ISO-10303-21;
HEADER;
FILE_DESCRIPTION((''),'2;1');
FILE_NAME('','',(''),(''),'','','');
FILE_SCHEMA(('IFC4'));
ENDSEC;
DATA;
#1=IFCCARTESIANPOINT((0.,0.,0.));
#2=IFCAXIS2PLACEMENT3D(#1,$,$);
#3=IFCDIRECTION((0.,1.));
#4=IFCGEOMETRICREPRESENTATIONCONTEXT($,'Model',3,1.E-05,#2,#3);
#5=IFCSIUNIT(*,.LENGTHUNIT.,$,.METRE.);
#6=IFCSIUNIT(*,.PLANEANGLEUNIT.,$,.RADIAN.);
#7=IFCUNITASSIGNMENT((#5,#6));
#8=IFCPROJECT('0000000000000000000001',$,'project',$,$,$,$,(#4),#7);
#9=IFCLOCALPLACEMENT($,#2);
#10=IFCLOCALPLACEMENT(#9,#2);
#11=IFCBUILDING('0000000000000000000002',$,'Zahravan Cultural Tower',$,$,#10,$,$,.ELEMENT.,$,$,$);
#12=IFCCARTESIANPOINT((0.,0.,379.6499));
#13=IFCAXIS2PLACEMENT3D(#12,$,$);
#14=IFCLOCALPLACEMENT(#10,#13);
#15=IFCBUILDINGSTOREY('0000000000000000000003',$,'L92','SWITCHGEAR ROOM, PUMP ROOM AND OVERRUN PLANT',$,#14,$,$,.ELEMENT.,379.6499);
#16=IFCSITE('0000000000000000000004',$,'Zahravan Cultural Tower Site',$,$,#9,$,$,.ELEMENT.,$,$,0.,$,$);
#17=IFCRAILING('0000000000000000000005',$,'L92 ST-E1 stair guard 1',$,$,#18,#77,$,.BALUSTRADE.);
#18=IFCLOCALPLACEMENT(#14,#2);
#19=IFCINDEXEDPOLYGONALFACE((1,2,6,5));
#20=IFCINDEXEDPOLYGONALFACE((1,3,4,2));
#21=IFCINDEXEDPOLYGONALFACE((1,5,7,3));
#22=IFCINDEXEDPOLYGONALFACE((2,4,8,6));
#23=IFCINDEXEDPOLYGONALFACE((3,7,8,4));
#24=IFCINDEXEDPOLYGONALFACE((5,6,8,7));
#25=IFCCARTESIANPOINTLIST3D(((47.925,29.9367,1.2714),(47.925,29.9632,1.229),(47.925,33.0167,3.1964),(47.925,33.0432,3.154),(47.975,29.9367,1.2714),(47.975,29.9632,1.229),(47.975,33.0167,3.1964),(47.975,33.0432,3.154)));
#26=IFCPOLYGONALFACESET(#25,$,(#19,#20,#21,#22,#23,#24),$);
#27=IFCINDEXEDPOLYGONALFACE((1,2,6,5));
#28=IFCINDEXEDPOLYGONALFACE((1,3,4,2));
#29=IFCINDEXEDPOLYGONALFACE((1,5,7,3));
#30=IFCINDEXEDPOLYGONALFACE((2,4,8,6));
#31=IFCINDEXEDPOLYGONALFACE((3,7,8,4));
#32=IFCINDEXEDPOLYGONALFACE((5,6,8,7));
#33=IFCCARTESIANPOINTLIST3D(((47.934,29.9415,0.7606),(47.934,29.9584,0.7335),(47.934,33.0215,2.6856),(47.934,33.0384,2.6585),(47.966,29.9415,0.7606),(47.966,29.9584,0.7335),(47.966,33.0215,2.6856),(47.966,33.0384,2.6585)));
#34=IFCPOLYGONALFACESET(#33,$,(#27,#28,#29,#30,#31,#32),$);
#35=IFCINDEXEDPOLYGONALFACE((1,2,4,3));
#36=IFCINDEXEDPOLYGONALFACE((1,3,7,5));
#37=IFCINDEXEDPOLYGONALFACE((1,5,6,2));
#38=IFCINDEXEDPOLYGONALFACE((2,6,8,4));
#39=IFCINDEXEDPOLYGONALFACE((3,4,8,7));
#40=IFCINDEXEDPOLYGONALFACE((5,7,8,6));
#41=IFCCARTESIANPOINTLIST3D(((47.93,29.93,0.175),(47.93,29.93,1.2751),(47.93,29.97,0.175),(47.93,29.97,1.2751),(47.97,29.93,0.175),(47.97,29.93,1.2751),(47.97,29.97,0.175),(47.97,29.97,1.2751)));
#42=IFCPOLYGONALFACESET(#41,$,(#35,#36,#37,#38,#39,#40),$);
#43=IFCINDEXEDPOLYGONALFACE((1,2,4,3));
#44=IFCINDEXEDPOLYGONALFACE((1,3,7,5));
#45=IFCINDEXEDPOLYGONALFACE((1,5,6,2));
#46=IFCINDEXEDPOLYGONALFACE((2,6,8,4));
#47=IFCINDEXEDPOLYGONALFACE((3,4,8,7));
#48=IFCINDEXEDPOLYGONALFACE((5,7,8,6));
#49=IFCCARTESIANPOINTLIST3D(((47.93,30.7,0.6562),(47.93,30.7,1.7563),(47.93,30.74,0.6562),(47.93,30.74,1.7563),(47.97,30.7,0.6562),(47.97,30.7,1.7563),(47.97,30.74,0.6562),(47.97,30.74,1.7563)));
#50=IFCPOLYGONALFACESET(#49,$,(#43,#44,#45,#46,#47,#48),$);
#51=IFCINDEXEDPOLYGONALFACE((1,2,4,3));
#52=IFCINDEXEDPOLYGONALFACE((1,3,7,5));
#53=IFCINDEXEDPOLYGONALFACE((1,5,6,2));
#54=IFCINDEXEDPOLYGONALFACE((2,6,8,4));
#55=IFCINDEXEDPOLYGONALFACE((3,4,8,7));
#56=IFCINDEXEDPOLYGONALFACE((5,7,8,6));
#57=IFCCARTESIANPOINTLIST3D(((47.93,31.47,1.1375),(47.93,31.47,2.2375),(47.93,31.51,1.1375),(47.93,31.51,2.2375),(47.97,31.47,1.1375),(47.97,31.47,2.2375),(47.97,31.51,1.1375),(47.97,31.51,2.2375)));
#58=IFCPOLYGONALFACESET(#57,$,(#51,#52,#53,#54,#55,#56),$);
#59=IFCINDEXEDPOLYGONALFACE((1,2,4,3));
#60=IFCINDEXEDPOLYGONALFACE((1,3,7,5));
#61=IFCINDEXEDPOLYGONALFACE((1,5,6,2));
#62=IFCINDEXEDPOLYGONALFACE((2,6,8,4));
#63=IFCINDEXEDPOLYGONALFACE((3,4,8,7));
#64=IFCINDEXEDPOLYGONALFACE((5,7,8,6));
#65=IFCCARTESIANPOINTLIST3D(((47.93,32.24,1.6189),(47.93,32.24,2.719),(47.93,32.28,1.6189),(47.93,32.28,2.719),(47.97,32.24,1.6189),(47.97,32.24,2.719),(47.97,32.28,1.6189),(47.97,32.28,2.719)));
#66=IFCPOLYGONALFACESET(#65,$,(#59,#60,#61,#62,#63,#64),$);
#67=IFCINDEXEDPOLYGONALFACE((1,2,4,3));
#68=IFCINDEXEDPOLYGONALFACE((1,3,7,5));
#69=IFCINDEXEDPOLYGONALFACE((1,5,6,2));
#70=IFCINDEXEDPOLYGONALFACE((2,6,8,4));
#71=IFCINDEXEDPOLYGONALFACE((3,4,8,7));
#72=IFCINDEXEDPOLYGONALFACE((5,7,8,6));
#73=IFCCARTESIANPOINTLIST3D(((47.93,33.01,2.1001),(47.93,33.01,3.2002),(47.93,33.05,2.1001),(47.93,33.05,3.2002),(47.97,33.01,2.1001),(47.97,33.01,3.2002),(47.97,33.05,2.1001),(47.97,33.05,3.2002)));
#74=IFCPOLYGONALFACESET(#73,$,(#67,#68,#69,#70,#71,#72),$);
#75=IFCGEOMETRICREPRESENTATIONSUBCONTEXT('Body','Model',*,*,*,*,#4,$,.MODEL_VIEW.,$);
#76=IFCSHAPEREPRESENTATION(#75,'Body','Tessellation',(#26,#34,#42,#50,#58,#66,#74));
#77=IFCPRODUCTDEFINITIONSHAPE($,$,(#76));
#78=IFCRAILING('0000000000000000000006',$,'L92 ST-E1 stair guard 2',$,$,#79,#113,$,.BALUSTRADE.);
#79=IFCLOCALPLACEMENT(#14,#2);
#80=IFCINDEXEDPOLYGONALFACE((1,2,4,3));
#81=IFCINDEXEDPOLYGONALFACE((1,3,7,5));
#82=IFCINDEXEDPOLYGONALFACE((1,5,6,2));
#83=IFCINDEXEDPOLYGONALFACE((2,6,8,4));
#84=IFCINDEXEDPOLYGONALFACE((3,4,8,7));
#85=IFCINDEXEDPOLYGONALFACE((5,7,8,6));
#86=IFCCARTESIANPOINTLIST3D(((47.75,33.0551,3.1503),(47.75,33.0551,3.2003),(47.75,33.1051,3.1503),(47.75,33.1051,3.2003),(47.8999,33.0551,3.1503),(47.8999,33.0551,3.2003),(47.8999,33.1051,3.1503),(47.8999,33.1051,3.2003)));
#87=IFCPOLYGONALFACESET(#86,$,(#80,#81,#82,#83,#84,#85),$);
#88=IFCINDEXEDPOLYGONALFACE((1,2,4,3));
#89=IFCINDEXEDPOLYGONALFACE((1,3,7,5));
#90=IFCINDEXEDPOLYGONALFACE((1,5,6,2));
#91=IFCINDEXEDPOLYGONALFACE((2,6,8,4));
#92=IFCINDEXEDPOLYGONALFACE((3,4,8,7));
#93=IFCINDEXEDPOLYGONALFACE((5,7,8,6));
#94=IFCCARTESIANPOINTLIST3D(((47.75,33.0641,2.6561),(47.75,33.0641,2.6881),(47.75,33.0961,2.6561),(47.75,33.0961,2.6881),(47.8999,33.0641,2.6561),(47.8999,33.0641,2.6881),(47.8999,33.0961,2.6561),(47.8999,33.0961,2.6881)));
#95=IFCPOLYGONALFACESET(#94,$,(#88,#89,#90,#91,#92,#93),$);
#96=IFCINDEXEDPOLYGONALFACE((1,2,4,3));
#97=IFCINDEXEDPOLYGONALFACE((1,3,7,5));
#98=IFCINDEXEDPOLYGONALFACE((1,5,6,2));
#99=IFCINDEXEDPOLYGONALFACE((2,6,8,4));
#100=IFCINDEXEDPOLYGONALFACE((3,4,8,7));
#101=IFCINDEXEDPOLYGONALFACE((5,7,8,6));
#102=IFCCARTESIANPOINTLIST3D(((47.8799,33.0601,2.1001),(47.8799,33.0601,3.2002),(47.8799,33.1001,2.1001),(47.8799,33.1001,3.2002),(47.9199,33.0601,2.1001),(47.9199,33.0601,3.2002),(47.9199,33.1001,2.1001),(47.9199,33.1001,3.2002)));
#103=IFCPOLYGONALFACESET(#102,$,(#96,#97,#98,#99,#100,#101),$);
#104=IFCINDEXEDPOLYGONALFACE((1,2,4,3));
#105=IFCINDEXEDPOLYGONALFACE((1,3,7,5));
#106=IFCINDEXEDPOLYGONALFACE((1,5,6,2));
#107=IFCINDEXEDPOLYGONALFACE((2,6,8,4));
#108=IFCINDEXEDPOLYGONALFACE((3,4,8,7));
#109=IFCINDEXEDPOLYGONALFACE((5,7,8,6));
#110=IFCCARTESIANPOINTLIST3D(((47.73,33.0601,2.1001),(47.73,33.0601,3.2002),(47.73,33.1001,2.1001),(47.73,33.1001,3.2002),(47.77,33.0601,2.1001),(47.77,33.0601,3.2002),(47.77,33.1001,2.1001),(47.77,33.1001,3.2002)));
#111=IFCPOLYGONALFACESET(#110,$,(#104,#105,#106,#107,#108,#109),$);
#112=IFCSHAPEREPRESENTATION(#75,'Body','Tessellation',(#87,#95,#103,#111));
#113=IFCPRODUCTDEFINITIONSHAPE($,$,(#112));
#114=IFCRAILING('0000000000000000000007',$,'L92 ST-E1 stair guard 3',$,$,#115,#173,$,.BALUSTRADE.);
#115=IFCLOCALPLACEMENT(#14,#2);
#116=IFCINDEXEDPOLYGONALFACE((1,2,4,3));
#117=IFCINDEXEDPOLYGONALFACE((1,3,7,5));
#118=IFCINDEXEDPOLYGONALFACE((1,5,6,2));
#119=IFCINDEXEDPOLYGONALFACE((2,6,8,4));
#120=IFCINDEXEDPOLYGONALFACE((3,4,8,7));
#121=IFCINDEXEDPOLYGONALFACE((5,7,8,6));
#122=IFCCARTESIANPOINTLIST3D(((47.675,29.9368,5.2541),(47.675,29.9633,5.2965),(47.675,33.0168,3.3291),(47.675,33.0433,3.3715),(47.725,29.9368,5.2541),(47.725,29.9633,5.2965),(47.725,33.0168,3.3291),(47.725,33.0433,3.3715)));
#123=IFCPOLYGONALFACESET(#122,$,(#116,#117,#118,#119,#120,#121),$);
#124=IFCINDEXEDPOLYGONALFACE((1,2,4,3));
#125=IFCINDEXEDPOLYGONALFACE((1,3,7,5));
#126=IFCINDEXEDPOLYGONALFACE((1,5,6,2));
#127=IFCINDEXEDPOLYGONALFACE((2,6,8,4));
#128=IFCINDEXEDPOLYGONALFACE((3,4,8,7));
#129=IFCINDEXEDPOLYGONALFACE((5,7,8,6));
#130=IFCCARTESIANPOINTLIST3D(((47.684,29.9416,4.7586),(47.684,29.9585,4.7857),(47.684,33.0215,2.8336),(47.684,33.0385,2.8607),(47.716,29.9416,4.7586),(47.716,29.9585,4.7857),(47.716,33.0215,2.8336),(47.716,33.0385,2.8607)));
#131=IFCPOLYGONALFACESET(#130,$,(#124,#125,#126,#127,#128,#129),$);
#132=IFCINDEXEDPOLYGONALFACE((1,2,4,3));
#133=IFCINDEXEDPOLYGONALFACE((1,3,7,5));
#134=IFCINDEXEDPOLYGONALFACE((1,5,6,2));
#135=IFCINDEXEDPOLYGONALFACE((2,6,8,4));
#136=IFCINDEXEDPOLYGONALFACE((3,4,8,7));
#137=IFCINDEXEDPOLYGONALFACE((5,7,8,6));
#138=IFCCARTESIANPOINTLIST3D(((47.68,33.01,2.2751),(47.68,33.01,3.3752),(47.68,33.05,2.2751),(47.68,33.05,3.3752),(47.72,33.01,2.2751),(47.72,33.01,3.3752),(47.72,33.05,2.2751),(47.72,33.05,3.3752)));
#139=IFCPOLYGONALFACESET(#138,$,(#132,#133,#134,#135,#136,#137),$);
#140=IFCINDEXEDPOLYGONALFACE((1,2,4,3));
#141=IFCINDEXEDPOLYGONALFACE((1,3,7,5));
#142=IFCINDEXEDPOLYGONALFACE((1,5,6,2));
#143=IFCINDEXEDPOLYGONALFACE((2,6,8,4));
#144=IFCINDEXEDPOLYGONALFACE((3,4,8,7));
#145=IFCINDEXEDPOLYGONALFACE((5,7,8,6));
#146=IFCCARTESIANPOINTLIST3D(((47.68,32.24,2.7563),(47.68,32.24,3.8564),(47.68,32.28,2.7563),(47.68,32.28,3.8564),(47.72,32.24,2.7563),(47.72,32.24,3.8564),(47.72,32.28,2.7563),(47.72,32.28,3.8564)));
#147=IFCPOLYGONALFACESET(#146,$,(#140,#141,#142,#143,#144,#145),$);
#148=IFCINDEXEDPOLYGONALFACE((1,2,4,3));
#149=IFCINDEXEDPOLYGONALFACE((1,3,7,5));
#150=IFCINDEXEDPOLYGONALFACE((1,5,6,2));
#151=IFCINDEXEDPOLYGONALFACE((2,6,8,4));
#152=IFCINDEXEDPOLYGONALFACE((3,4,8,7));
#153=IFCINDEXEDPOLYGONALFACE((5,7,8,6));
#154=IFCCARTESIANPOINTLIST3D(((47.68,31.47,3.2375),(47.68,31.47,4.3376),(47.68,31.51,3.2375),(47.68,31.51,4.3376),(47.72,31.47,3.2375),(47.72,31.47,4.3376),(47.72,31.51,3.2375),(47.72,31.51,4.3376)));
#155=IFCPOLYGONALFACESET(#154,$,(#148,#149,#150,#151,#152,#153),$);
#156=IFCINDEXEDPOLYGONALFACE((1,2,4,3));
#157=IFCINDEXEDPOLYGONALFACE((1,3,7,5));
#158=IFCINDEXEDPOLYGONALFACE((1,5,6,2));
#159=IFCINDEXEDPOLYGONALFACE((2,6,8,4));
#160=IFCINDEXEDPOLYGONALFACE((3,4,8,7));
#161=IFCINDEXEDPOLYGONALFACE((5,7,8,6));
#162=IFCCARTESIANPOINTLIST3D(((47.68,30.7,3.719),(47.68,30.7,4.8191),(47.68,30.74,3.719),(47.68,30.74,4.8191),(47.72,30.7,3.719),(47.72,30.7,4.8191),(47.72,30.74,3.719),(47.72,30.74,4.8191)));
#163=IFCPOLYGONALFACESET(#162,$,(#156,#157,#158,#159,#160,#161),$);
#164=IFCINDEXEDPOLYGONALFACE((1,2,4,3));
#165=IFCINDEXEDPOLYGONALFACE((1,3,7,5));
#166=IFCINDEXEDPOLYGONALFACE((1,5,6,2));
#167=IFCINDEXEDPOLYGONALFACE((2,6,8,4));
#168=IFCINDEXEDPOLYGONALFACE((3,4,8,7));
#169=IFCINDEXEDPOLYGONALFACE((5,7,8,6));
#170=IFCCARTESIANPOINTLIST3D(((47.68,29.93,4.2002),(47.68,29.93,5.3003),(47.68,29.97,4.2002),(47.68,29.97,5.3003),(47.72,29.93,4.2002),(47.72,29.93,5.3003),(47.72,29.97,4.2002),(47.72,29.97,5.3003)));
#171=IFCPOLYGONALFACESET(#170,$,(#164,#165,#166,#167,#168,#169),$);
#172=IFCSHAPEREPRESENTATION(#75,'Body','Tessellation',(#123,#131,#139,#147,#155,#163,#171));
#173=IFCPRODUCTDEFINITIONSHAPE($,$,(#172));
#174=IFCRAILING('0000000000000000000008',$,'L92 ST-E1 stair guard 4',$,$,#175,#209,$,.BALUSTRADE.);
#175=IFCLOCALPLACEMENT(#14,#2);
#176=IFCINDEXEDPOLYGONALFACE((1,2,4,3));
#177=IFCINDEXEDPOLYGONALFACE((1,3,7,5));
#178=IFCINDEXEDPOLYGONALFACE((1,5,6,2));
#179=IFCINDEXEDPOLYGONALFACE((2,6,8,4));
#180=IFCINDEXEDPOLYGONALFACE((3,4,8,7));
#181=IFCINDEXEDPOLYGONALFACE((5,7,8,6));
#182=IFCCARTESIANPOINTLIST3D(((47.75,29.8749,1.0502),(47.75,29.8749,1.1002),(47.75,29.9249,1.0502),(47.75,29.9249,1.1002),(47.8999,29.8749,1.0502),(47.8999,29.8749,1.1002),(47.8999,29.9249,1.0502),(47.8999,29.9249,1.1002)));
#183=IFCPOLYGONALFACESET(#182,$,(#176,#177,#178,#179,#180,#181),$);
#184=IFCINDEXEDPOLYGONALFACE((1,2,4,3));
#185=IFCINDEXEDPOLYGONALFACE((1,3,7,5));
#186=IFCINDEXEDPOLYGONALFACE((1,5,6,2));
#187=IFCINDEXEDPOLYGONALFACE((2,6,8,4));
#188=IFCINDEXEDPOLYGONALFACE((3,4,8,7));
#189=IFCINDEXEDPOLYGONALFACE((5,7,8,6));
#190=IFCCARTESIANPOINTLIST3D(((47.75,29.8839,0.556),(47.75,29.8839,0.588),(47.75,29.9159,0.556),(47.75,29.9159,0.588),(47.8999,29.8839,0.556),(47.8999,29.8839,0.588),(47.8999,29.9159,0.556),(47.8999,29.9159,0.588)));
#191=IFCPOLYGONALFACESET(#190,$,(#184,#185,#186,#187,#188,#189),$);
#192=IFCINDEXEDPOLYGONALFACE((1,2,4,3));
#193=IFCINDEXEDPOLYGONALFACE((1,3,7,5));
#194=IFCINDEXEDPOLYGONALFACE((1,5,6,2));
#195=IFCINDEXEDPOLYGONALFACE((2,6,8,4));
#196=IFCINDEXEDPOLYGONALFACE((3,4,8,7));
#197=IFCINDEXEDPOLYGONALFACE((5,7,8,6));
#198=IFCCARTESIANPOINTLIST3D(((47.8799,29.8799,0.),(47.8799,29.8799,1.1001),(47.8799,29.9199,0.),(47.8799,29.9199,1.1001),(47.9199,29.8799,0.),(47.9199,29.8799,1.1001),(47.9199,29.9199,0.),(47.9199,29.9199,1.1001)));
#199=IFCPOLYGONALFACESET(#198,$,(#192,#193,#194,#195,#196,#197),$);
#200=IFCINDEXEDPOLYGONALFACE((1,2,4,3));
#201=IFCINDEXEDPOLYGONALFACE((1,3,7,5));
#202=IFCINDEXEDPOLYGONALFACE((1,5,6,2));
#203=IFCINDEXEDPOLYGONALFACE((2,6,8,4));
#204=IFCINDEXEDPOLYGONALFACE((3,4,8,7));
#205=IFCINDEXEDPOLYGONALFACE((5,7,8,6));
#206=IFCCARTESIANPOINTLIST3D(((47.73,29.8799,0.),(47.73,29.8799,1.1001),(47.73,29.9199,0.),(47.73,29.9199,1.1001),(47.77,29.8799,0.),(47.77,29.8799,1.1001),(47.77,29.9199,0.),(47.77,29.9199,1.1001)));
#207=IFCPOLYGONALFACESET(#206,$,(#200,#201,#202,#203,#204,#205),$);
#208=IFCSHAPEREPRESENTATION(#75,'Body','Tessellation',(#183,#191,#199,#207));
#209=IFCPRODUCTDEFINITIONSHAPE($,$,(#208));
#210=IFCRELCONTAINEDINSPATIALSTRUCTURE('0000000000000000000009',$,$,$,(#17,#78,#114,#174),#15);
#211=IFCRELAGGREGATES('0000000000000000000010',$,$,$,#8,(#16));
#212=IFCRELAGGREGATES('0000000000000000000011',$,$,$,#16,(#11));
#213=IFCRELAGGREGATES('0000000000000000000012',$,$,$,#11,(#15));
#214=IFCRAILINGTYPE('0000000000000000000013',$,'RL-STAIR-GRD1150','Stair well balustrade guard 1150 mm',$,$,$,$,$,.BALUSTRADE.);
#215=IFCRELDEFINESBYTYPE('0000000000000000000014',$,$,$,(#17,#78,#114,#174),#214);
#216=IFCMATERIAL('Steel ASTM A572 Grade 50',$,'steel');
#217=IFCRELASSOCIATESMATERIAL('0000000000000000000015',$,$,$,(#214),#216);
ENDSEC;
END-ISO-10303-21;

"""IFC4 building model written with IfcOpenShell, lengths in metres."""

from ifc_helpers import new_model, si_unit, direction, frame, origin, origin_2d, place, context, subcontext, project, spatial, rectangle, extrude, material, type_object, element, save


model = new_model("IFC4")

# Units and contexts
model_context = context("Model", 3, precision=1e-05, world=origin(), true_north=direction((0.0, 1.0)))
body_context = subcontext(model_context, "Body", "Model", "MODEL_VIEW")
ifc_project = project(units=[si_unit("LENGTHUNIT", "METRE"), si_unit("PLANEANGLEUNIT", "RADIAN")], contexts=[model_context])

# Site, building, storey
site_placement = place(None, origin())
site = spatial("IfcSite", under=ifc_project, at=site_placement, Name="Zahravan Cultural Tower Site", CompositionType="ELEMENT", RefElevation=0.0)
building_placement = place(site_placement, origin())
building = spatial("IfcBuilding", under=site, at=building_placement, Name="Zahravan Cultural Tower", CompositionType="ELEMENT")
storey_placement = place(building_placement, frame((0.0, 0.0, 379.6499)))
storey = spatial("IfcBuildingStorey", under=building, at=storey_placement, Name="L92", Description="SWITCHGEAR ROOM, PUMP ROOM AND OVERRUN PLANT", CompositionType="ELEMENT", Elevation=379.6499)

# Railings
ifc_material_1 = material(Name="Steel ASTM A572 Grade 50", Category="steel")
railing_type_1 = type_object("IfcRailingType", Name="RL-STAIR-GRD1150", Description="Stair well balustrade guard 1150 mm", PredefinedType="BALUSTRADE", material=ifc_material_1)
railing_1_placement = place(storey_placement, frame((47.95, 29.95, 0.175)))
element("IfcRailing", 1, at=railing_1_placement, inside=storey, type_object=railing_type_1, Name="L92 ST-E1 stair guard 1", PredefinedType="BALUSTRADE", context=body_context, shape_type="SweptSolid", body=[
    extrude(rectangle(XDim=0.05, YDim=0.05, at=origin_2d()), frame((0.0, 0.0, 1.0752), z_axis=(0.0, 0.847998, 0.529999), x_axis=(-1.0, 0.0, 0.0)), (0.0, 0.0, 1.0), 3.6321),
    extrude(rectangle(XDim=0.032, YDim=0.032, at=origin_2d()), frame((0.0, 0.0, 0.572), z_axis=(0.0, 0.847998, 0.529999), x_axis=(-1.0, 0.0, 0.0)), (0.0, 0.0, 1.0), 3.6321),
    extrude(rectangle(XDim=0.04, YDim=0.04, at=origin_2d()), origin(), (0.0, 0.0, 1.0), 1.1001),
    extrude(rectangle(XDim=0.04, YDim=0.04, at=origin_2d()), frame((0.0, 0.77, 0.4812)), (0.0, 0.0, 1.0), 1.1001),
    extrude(rectangle(XDim=0.04, YDim=0.04, at=origin_2d()), frame((0.0, 1.54, 0.9624)), (0.0, 0.0, 1.0), 1.1001),
    extrude(rectangle(XDim=0.04, YDim=0.04, at=origin_2d()), frame((0.0, 2.3101, 1.4438)), (0.0, 0.0, 1.0), 1.1001),
    extrude(rectangle(XDim=0.04, YDim=0.04, at=origin_2d()), frame((0.0, 3.0801, 1.925)), (0.0, 0.0, 1.0), 1.1001),
])
railing_2_placement = place(storey_placement, frame((47.8999, 33.0801, 2.1001)))
element("IfcRailing", 2, at=railing_2_placement, inside=storey, type_object=railing_type_1, Name="L92 ST-E1 stair guard 2", PredefinedType="BALUSTRADE", context=body_context, shape_type="SweptSolid", body=[
    extrude(rectangle(XDim=0.05, YDim=0.05, at=origin_2d()), frame((0.0, 0.0, 1.0752), z_axis=(-1.0, 0.0, 0.0), x_axis=(0.0, -1.0, 0.0)), (0.0, 0.0, 1.0), 0.1499),
    extrude(rectangle(XDim=0.032, YDim=0.032, at=origin_2d()), frame((0.0, 0.0, 0.572), z_axis=(-1.0, 0.0, 0.0), x_axis=(0.0, -1.0, 0.0)), (0.0, 0.0, 1.0), 0.1499),
    extrude(rectangle(XDim=0.04, YDim=0.04, at=origin_2d()), origin(), (0.0, 0.0, 1.0), 1.1001),
    extrude(rectangle(XDim=0.04, YDim=0.04, at=origin_2d()), frame((-0.1499, 0.0, 0.0)), (0.0, 0.0, 1.0), 1.1001),
])
railing_3_placement = place(storey_placement, frame((47.7, 33.03, 2.2751)))
element("IfcRailing", 3, at=railing_3_placement, inside=storey, type_object=railing_type_1, Name="L92 ST-E1 stair guard 3", PredefinedType="BALUSTRADE", context=body_context, shape_type="SweptSolid", body=[
    extrude(rectangle(XDim=0.05, YDim=0.05, at=origin_2d()), frame((0.0, 0.0, 1.0752), z_axis=(0.0, -0.847998, 0.529999), x_axis=(1.0, 0.0, 0.0)), (0.0, 0.0, 1.0), 3.6321),
    extrude(rectangle(XDim=0.032, YDim=0.032, at=origin_2d()), frame((0.0, 0.0, 0.572), z_axis=(0.0, -0.847998, 0.529999), x_axis=(1.0, 0.0, 0.0)), (0.0, 0.0, 1.0), 3.6321),
    extrude(rectangle(XDim=0.04, YDim=0.04, at=origin_2d()), origin(), (0.0, 0.0, 1.0), 1.1001),
    extrude(rectangle(XDim=0.04, YDim=0.04, at=origin_2d()), frame((0.0, -0.77, 0.4812)), (0.0, 0.0, 1.0), 1.1001),
    extrude(rectangle(XDim=0.04, YDim=0.04, at=origin_2d()), frame((0.0, -1.54, 0.9624)), (0.0, 0.0, 1.0), 1.1001),
    extrude(rectangle(XDim=0.04, YDim=0.04, at=origin_2d()), frame((0.0, -2.3101, 1.4438)), (0.0, 0.0, 1.0), 1.1001),
    extrude(rectangle(XDim=0.04, YDim=0.04, at=origin_2d()), frame((0.0, -3.0801, 1.925)), (0.0, 0.0, 1.0), 1.1001),
])
railing_4_placement = place(storey_placement, frame((47.8999, 29.8999, 0.0)))
element("IfcRailing", 4, at=railing_4_placement, inside=storey, type_object=railing_type_1, Name="L92 ST-E1 stair guard 4", PredefinedType="BALUSTRADE", context=body_context, shape_type="SweptSolid", body=[
    extrude(rectangle(XDim=0.05, YDim=0.05, at=origin_2d()), frame((0.0, 0.0, 1.0752), z_axis=(-1.0, 0.0, 0.0), x_axis=(0.0, -1.0, 0.0)), (0.0, 0.0, 1.0), 0.1499),
    extrude(rectangle(XDim=0.032, YDim=0.032, at=origin_2d()), frame((0.0, 0.0, 0.572), z_axis=(-1.0, 0.0, 0.0), x_axis=(0.0, -1.0, 0.0)), (0.0, 0.0, 1.0), 0.1499),
    extrude(rectangle(XDim=0.04, YDim=0.04, at=origin_2d()), origin(), (0.0, 0.0, 1.0), 1.1001),
    extrude(rectangle(XDim=0.04, YDim=0.04, at=origin_2d()), frame((-0.1499, 0.0, 0.0)), (0.0, 0.0, 1.0), 1.1001),
])

save(model, "model.ifc")
